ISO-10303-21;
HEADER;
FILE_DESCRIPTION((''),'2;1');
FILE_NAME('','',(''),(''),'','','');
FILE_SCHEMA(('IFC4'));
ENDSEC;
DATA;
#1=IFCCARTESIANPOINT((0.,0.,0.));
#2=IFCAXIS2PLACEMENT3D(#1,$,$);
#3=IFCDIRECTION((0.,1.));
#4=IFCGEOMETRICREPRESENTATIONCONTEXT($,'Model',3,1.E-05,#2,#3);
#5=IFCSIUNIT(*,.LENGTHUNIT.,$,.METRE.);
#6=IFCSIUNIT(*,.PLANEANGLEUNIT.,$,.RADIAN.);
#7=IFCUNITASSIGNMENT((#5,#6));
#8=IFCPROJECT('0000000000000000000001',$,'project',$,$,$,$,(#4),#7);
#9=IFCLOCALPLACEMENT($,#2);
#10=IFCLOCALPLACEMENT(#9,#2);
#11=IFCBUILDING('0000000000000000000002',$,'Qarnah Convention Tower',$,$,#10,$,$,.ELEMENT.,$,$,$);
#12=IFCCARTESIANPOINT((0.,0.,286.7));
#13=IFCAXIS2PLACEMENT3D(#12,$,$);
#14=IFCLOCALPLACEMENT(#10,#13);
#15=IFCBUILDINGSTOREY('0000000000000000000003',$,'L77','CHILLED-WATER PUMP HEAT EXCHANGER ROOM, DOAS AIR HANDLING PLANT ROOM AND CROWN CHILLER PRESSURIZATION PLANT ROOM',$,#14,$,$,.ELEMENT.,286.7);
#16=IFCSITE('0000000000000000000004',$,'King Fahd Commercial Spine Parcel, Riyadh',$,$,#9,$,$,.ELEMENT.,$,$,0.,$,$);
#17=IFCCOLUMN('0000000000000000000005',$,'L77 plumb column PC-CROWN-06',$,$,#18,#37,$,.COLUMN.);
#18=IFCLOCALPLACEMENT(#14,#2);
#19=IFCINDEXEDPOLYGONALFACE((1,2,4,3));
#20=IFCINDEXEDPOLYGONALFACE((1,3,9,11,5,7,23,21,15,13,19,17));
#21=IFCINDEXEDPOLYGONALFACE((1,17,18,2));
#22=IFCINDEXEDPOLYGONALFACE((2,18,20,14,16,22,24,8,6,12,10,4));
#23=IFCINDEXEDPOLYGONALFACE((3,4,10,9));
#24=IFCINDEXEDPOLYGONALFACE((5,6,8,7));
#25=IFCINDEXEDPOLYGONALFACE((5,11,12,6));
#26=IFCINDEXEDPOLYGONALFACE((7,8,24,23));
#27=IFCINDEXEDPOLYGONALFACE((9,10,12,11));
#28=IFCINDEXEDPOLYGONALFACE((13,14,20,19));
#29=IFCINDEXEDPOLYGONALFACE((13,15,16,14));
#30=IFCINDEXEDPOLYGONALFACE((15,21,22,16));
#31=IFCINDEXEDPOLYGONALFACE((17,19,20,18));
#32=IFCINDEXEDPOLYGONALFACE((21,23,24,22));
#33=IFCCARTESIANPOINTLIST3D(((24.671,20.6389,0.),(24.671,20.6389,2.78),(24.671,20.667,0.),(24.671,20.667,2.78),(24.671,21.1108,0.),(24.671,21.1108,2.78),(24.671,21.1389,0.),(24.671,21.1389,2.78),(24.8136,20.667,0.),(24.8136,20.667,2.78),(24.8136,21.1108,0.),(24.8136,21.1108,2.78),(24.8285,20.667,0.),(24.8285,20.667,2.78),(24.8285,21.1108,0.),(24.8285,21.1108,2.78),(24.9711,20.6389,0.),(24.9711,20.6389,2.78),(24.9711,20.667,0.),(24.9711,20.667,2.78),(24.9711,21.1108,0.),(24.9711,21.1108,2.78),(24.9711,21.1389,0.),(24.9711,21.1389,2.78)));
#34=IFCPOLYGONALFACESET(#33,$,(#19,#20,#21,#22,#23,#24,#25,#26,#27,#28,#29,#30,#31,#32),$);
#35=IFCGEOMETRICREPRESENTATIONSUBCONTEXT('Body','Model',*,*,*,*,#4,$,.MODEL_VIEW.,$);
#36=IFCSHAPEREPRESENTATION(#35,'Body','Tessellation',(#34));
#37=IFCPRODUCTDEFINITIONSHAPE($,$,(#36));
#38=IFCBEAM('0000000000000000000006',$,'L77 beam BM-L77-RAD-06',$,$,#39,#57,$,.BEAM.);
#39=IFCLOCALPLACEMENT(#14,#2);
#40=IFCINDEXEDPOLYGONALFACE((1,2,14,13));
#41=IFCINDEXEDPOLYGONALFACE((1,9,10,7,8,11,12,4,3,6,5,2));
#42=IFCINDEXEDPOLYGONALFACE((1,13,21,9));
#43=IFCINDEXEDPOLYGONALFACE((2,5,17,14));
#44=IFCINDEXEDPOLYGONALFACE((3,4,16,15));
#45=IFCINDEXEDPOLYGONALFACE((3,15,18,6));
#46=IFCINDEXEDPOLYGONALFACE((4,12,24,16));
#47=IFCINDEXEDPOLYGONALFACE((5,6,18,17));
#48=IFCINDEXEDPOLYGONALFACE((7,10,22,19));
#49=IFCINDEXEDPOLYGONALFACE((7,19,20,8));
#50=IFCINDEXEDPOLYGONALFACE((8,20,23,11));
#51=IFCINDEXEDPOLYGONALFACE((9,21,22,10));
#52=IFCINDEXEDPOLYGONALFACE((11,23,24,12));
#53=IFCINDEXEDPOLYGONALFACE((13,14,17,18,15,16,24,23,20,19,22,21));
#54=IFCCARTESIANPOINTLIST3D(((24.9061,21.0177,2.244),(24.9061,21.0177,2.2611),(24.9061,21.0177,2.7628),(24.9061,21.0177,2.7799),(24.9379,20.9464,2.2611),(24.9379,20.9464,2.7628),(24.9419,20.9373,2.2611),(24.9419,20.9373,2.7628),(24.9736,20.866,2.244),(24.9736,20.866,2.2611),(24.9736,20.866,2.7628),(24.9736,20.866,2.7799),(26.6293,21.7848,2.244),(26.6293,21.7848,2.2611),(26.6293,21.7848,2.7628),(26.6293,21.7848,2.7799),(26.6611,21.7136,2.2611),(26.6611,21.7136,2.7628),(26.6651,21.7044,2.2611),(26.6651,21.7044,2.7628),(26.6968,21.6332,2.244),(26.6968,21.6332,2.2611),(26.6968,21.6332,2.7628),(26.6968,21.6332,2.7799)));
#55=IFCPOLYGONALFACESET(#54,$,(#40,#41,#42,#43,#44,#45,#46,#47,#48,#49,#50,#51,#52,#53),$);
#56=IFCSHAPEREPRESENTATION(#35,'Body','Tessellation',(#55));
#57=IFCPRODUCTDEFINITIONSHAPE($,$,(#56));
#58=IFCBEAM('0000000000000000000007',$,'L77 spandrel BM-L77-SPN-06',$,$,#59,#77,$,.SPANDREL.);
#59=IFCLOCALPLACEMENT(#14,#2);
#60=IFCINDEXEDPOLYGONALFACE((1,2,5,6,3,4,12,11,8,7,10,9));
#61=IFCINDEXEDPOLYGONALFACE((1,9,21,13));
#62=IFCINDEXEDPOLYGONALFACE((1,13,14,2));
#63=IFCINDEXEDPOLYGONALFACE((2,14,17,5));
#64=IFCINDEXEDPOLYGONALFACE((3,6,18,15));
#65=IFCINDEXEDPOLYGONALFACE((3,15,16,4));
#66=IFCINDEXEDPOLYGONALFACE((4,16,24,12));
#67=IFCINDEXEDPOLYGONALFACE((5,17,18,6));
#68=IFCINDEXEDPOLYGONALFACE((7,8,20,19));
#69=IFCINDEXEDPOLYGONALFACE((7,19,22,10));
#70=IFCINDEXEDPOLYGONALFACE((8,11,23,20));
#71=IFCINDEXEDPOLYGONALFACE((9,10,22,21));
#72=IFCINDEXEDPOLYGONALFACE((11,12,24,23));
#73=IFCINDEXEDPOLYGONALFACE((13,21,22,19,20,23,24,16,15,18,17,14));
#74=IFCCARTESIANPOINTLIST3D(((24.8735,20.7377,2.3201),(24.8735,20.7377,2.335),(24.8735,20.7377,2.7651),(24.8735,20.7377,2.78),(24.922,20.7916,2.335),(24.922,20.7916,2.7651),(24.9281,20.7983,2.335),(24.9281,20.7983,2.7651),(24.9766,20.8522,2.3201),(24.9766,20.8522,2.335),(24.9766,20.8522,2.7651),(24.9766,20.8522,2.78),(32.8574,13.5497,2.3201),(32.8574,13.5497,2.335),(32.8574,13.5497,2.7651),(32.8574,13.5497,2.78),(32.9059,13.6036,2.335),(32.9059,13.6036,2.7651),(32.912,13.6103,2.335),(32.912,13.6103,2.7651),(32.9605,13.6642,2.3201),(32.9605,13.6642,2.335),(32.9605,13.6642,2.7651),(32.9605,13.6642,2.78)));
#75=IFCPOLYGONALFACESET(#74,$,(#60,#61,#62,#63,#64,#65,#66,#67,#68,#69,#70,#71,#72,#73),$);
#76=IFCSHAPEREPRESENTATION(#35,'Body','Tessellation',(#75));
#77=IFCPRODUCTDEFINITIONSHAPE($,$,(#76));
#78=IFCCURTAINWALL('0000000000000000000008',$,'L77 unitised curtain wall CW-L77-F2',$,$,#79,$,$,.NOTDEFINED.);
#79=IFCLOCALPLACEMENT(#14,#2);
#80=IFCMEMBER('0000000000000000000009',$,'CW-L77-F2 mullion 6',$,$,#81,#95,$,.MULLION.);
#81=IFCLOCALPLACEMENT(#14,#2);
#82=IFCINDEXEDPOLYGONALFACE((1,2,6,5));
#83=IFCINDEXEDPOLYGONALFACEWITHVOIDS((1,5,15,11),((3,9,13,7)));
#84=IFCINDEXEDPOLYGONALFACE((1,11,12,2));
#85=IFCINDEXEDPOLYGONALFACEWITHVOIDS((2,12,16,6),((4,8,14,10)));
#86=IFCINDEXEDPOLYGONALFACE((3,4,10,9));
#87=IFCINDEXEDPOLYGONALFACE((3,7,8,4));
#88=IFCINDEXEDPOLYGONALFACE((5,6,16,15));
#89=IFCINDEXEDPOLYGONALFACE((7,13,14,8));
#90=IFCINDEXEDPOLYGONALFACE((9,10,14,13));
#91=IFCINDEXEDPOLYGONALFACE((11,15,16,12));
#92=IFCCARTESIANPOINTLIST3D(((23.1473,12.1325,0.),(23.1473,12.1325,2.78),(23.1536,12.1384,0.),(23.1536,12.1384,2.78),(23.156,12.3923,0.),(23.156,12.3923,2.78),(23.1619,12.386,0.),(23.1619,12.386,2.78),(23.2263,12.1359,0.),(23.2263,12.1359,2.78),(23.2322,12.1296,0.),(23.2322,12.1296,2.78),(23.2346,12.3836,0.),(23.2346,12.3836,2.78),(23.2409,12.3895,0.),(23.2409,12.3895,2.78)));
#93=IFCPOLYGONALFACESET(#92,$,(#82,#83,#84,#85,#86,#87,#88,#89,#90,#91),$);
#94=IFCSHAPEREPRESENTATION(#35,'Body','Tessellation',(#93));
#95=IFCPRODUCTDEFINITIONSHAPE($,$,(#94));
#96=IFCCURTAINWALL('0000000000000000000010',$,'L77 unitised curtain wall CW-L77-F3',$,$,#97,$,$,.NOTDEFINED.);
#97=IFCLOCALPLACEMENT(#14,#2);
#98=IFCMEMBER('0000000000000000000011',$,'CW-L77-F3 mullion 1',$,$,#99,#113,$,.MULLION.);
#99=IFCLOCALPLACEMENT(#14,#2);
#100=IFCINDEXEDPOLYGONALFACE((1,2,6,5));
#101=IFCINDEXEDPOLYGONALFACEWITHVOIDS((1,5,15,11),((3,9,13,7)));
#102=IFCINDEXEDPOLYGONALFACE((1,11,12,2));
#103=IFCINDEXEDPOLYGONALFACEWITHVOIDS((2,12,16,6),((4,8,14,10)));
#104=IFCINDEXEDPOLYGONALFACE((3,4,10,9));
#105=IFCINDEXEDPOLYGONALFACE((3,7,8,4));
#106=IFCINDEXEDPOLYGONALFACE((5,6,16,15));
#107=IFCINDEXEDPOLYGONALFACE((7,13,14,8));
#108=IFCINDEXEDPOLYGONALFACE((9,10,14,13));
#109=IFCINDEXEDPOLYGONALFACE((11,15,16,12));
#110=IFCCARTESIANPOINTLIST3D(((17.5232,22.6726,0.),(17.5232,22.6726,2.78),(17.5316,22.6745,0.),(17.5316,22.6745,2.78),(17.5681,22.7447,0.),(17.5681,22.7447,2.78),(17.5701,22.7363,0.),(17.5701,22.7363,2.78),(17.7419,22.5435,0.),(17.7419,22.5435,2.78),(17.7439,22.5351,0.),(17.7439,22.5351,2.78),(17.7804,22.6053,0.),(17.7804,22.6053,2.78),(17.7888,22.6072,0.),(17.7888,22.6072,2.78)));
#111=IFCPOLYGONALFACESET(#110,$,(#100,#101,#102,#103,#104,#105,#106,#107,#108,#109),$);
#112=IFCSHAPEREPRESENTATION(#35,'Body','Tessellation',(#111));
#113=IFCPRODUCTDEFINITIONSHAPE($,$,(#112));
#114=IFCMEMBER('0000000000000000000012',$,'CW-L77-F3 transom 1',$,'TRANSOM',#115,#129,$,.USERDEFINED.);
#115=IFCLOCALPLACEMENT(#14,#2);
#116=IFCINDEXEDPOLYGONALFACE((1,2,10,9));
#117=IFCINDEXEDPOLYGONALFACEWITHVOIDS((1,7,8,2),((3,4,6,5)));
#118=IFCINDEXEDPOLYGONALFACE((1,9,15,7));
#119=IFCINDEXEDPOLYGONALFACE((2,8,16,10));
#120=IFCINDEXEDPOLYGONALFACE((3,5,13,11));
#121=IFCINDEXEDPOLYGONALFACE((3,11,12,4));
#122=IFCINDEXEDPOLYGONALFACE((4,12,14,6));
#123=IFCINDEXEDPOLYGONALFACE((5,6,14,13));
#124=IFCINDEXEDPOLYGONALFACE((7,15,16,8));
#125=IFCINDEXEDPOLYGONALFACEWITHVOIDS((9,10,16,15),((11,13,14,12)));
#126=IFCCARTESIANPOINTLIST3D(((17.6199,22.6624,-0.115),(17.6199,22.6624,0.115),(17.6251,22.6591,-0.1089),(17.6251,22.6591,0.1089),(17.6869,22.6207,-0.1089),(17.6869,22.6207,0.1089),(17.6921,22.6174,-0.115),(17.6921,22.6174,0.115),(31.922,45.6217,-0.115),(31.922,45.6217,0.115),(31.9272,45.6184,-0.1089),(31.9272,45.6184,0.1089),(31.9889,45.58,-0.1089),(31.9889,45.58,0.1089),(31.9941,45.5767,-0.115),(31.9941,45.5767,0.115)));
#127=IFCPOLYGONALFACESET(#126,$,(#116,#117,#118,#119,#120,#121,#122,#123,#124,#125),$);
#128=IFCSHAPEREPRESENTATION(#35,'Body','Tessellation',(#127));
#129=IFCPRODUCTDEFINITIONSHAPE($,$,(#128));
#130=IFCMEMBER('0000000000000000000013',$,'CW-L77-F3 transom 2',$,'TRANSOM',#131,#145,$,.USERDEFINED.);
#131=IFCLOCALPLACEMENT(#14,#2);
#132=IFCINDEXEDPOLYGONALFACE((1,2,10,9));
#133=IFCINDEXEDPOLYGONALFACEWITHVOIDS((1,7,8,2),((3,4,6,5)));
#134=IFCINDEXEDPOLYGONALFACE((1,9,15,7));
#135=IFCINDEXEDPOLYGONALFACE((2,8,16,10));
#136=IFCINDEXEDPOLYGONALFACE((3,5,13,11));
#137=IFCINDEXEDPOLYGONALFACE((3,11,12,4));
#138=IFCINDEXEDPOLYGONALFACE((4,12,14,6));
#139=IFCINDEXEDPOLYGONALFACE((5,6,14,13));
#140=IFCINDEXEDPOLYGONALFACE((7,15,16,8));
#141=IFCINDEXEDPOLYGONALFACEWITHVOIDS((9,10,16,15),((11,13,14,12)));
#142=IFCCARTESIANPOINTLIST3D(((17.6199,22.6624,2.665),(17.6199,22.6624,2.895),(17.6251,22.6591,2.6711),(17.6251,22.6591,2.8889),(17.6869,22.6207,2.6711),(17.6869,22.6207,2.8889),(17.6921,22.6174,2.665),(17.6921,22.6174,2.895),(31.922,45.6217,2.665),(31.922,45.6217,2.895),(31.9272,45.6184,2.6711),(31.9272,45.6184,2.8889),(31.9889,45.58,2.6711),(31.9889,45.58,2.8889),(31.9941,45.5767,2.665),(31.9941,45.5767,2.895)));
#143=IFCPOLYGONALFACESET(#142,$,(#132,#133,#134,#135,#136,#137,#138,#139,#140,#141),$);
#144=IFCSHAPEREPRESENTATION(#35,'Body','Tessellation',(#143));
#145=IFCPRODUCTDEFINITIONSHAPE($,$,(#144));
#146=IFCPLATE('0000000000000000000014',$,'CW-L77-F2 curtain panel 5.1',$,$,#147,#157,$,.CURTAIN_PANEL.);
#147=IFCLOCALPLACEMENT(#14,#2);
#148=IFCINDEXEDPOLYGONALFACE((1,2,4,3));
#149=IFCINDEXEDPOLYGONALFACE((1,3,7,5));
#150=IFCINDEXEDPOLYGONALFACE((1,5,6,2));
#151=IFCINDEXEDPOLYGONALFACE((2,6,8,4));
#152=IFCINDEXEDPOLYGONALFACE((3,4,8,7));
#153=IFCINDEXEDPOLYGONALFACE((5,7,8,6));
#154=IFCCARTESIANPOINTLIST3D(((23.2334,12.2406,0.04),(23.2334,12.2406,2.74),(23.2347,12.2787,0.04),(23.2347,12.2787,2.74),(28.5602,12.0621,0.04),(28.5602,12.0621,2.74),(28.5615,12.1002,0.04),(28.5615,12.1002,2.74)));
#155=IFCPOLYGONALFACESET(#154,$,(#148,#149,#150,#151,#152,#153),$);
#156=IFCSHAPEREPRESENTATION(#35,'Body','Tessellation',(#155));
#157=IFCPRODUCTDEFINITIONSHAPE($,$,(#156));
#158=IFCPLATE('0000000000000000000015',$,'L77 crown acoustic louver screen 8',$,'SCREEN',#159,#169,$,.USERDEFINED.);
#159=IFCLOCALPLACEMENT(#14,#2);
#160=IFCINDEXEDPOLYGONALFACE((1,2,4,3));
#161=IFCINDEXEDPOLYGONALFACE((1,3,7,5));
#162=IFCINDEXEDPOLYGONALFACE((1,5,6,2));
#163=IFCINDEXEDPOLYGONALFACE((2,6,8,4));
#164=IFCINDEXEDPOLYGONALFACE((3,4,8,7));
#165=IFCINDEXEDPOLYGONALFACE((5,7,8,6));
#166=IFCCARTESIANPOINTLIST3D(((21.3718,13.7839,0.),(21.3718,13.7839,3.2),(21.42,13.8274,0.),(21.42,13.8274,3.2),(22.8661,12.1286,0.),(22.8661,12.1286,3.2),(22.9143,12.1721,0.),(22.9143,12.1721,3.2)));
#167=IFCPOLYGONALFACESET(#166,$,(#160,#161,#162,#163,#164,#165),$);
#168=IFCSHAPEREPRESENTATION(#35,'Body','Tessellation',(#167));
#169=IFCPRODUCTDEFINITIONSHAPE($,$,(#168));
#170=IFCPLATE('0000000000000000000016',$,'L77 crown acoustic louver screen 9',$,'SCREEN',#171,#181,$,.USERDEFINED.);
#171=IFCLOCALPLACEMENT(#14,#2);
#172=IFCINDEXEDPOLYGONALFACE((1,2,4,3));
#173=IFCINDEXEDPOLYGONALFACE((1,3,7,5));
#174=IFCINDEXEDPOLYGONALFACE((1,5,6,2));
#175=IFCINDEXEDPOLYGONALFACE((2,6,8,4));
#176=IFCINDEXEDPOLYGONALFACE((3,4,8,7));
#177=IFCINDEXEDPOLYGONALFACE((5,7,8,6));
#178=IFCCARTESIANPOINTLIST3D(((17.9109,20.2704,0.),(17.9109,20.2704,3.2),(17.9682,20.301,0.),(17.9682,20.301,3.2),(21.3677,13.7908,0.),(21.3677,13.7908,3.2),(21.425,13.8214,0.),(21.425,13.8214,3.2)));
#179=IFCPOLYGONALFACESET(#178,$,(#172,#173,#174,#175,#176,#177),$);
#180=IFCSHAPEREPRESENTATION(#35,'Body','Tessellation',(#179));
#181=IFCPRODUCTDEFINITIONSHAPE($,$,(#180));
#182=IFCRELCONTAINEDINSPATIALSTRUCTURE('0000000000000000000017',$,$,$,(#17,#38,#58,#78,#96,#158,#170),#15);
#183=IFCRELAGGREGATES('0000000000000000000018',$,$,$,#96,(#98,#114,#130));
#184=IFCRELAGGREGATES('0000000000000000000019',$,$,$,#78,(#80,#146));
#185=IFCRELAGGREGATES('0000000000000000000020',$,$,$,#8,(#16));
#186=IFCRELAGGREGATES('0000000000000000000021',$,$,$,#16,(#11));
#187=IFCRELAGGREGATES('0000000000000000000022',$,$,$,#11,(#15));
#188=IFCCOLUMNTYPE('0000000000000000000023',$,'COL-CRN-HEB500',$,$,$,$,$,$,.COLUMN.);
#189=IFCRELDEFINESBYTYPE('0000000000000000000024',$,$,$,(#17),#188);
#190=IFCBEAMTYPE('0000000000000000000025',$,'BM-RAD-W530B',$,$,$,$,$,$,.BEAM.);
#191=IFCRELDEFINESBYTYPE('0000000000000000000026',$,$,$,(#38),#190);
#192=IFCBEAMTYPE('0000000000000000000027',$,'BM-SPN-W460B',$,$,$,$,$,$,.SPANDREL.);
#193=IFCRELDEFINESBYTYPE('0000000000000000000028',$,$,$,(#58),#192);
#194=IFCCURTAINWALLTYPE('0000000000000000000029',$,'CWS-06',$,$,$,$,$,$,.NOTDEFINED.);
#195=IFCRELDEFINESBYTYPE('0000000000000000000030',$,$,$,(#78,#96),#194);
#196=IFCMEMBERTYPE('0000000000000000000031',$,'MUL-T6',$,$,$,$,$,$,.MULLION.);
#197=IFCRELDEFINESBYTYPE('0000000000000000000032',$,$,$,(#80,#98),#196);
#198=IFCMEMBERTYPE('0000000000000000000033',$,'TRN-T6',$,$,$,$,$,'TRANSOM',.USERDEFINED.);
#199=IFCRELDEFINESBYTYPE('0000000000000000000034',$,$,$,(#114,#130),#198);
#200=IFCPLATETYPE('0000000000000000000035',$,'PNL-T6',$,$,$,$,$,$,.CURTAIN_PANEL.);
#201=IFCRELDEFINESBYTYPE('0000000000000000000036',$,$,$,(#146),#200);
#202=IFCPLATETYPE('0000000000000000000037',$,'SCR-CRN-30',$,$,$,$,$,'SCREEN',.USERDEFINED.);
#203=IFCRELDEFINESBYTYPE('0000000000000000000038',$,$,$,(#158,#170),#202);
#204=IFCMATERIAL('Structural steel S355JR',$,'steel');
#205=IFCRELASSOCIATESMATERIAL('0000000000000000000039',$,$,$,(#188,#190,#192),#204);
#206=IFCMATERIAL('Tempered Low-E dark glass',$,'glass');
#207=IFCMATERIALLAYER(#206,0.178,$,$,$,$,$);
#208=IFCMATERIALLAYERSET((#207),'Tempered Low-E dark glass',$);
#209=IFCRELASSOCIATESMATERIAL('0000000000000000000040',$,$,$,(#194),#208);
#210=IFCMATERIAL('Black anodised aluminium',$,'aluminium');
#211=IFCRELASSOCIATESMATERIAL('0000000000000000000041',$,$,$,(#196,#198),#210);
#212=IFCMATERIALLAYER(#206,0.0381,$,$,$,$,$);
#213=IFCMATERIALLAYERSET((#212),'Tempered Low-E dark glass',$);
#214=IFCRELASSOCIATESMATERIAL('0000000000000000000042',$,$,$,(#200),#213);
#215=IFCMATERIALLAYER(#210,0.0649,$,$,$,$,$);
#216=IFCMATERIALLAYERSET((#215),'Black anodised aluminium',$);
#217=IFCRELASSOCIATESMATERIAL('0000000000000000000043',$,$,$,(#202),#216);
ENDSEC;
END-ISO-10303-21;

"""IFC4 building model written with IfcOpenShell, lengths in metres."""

from ifc_helpers import new_model, si_unit, direction, frame, origin, origin_2d, place, context, subcontext, project, spatial, rectangle, hollow_rectangle, i_section, extrude, material, layer, layer_set, material_profile, profile_set, type_object, element, aggregate, save


model = new_model("IFC4")

# Units and contexts
model_context = context("Model", 3, precision=1e-05, world=origin(), true_north=direction((0.0, 1.0)))
body_context = subcontext(model_context, "Body", "Model", "MODEL_VIEW")
ifc_project = project(units=[si_unit("LENGTHUNIT", "METRE"), si_unit("PLANEANGLEUNIT", "RADIAN")], contexts=[model_context])

# Site, building, storey
site_placement = place(None, origin())
site = spatial("IfcSite", under=ifc_project, at=site_placement, Name="King Fahd Commercial Spine Parcel, Riyadh", CompositionType="ELEMENT", RefElevation=0.0)
building_placement = place(site_placement, origin())
building = spatial("IfcBuilding", under=site, at=building_placement, Name="Qarnah Convention Tower", CompositionType="ELEMENT")
storey_placement = place(building_placement, frame((0.0, 0.0, 286.7)))
storey = spatial("IfcBuildingStorey", under=building, at=storey_placement, Name="L77", Description="CHILLED-WATER PUMP HEAT EXCHANGER ROOM, DOAS AIR HANDLING PLANT ROOM AND CROWN CHILLER PRESSURIZATION PLANT ROOM", CompositionType="ELEMENT", Elevation=286.7)

# Column
ifc_material_1 = material(Name="Structural steel S355JR", Category="steel")
ifc_material_profile_1 = material_profile(ifc_material_1, i_section(OverallWidth=0.3, OverallDepth=0.5, WebThickness=0.0149, FlangeThickness=0.0281, at=origin_2d()), Name="HEB500")
ifc_profile_set_1 = profile_set([ifc_material_profile_1], Name="Structural steel S355JR")
column_type = type_object("IfcColumnType", Name="COL-CRN-HEB500", PredefinedType="COLUMN", material=ifc_profile_set_1)
column_placement = place(storey_placement, frame((24.821, 20.8889, 0.0), z_axis=(0.0, 0.0, 1.0), x_axis=(1.0, 0.0, 0.0)))
element("IfcColumn", 1, at=column_placement, inside=storey, type_object=column_type, Name="L77 plumb column PC-CROWN-06", PredefinedType="COLUMN", context=body_context, shape_type="SweptSolid", body=[
    extrude(i_section(OverallWidth=0.3, OverallDepth=0.5, WebThickness=0.0149, FlangeThickness=0.0281, at=origin_2d()), origin(), (0.0, 0.0, 1.0), 2.78),
])

# Beams
ifc_material_profile_2 = material_profile(ifc_material_1, i_section(OverallWidth=0.166, OverallDepth=0.5359, WebThickness=0.01, FlangeThickness=0.0171, at=origin_2d()), Name="W530X85")
ifc_profile_set_2 = profile_set([ifc_material_profile_2], Name="Structural steel S355JR")
beam_type_1 = type_object("IfcBeamType", Name="BM-RAD-W530B", PredefinedType="BEAM", material=ifc_profile_set_2)
beam_1_placement = place(storey_placement, frame((26.6631, 21.709, 2.512), z_axis=(-0.913566, -0.406691, 0.0), x_axis=(0.406691, -0.913566, 0.0)))
element("IfcBeam", 2, at=beam_1_placement, inside=storey, type_object=beam_type_1, Name="L77 beam BM-L77-RAD-06", PredefinedType="BEAM", context=body_context, shape_type="SweptSolid", body=[
    extrude(i_section(OverallWidth=0.166, OverallDepth=0.5359, WebThickness=0.01, FlangeThickness=0.0171, at=origin_2d()), origin(), (0.0, 0.0, 1.0), 1.8862),
])
ifc_material_profile_3 = material_profile(ifc_material_1, i_section(OverallWidth=0.1541, OverallDepth=0.46, WebThickness=0.009, FlangeThickness=0.0149, at=origin_2d()), Name="W460X68")
ifc_profile_set_3 = profile_set([ifc_material_profile_3], Name="Structural steel S355JR")
beam_type_2 = type_object("IfcBeamType", Name="BM-SPN-W460B", PredefinedType="SPANDREL", material=ifc_profile_set_3)
beam_2_placement = place(storey_placement, frame((24.925, 20.7949, 2.55), z_axis=(0.743179, -0.669093, 0.0), x_axis=(0.669093, 0.743179, 0.0)))
element("IfcBeam", 3, at=beam_2_placement, inside=storey, type_object=beam_type_2, Name="L77 spandrel BM-L77-SPN-06", PredefinedType="SPANDREL", context=body_context, shape_type="SweptSolid", body=[
    extrude(i_section(OverallWidth=0.1541, OverallDepth=0.46, WebThickness=0.009, FlangeThickness=0.0149, at=origin_2d()), origin(), (0.0, 0.0, 1.0), 10.7429),
])

# Curtain wall, member
ifc_material_2 = material(Name="Tempered Low-E dark glass", Category="glass")
ifc_layer_1 = layer(ifc_material_2, 0.178)
ifc_layer_set_1 = layer_set([ifc_layer_1], Name="Tempered Low-E dark glass")
curtain_wall_type = type_object("IfcCurtainWallType", Name="CWS-06", PredefinedType="NOTDEFINED", material=ifc_layer_set_1)
curtain_wall_1_placement = place(storey_placement, origin())
curtain_wall_1 = element("IfcCurtainWall", 4, at=curtain_wall_1_placement, inside=storey, type_object=curtain_wall_type, Name="L77 unitised curtain wall CW-L77-F2", PredefinedType="NOTDEFINED")
ifc_material_3 = material(Name="Black anodised aluminium", Category="aluminium")
ifc_material_profile_4 = material_profile(ifc_material_3, hollow_rectangle(XDim=0.085, YDim=0.26, WallThickness=0.0061, at=origin_2d()), Name="MUL-85X260")
ifc_profile_set_4 = profile_set([ifc_material_profile_4], Name="Black anodised aluminium")
member_type_1 = type_object("IfcMemberType", Name="MUL-T6", PredefinedType="MULLION", material=ifc_profile_set_4)
member_1_placement = place(storey_placement, frame((23.1941, 12.261, 0.0), z_axis=(0.0, 0.0, 1.0), x_axis=(-0.999439, 0.033495, 0.0)))
member_1 = element("IfcMember", 5, at=member_1_placement, type_object=member_type_1, Name="CW-L77-F2 mullion 6", PredefinedType="MULLION", context=body_context, shape_type="SweptSolid", body=[
    extrude(hollow_rectangle(XDim=0.085, YDim=0.26, WallThickness=0.0061, at=origin_2d()), origin(), (0.0, 0.0, 1.0), 2.78),
])

# Curtain wall, members
curtain_wall_2_placement = place(storey_placement, origin())
curtain_wall_2 = element("IfcCurtainWall", 6, at=curtain_wall_2_placement, inside=storey, type_object=curtain_wall_type, Name="L77 unitised curtain wall CW-L77-F3", PredefinedType="NOTDEFINED")
member_2_placement = place(storey_placement, frame((17.656, 22.6399, 0.0), z_axis=(0.0, 0.0, 1.0), x_axis=(0.528739, 0.848785, 0.0)))
member_2 = element("IfcMember", 7, at=member_2_placement, type_object=member_type_1, Name="CW-L77-F3 mullion 1", PredefinedType="MULLION", context=body_context, shape_type="SweptSolid", body=[
    extrude(hollow_rectangle(XDim=0.085, YDim=0.26, WallThickness=0.0061, at=origin_2d()), origin(), (0.0, 0.0, 1.0), 2.78),
])
ifc_material_profile_5 = material_profile(ifc_material_3, hollow_rectangle(XDim=0.085, YDim=0.23, WallThickness=0.0061, at=origin_2d()), Name="TRN-85X230")
ifc_profile_set_5 = profile_set([ifc_material_profile_5], Name="Black anodised aluminium")
member_type_2 = type_object("IfcMemberType", Name="TRN-T6", ElementType="TRANSOM", PredefinedType="USERDEFINED", material=ifc_profile_set_5)
member_3_placement = place(storey_placement, frame((17.656, 22.6399, 0.0), z_axis=(0.528735, 0.848787, 0.0), x_axis=(-0.848787, 0.528735, 0.0)))
member_3 = element("IfcMember", 8, at=member_3_placement, type_object=member_type_2, Name="CW-L77-F3 transom 1", ObjectType="TRANSOM", PredefinedType="USERDEFINED", context=body_context, shape_type="SweptSolid", body=[
    extrude(hollow_rectangle(XDim=0.085, YDim=0.23, WallThickness=0.0061, at=origin_2d()), origin(), (0.0, 0.0, 1.0), 27.0496),
])
member_4_placement = place(storey_placement, frame((17.656, 22.6399, 2.78), z_axis=(0.528735, 0.848787, 0.0), x_axis=(-0.848787, 0.528735, 0.0)))
member_4 = element("IfcMember", 9, at=member_4_placement, type_object=member_type_2, Name="CW-L77-F3 transom 2", ObjectType="TRANSOM", PredefinedType="USERDEFINED", context=body_context, shape_type="SweptSolid", body=[
    extrude(hollow_rectangle(XDim=0.085, YDim=0.23, WallThickness=0.0061, at=origin_2d()), origin(), (0.0, 0.0, 1.0), 27.0496),
])
aggregate(curtain_wall_2, [member_2, member_3, member_4])

# Plate
ifc_layer_2 = layer(ifc_material_2, 0.0381)
ifc_layer_set_2 = layer_set([ifc_layer_2], Name="Tempered Low-E dark glass")
plate_type_1 = type_object("IfcPlateType", Name="PNL-T6", PredefinedType="CURTAIN_PANEL", material=ifc_layer_set_2)
plate_1_placement = place(storey_placement, frame((25.8975, 12.1704, 0.04), z_axis=(0.0, 0.0, 1.0), x_axis=(-0.999439, 0.033495, 0.0)))
plate_1 = element("IfcPlate", 10, at=plate_1_placement, type_object=plate_type_1, Name="CW-L77-F2 curtain panel 5.1", PredefinedType="CURTAIN_PANEL", context=body_context, shape_type="SweptSolid", body=[
    extrude(rectangle(XDim=5.3298, YDim=0.0381, at=origin_2d()), origin(), (0.0, 0.0, 1.0), 2.7),
])
aggregate(curtain_wall_1, [member_1, plate_1])

# Plates
ifc_layer_3 = layer(ifc_material_3, 0.0649)
ifc_layer_set_3 = layer_set([ifc_layer_3], Name="Black anodised aluminium")
plate_type_2 = type_object("IfcPlateType", Name="SCR-CRN-30", ElementType="SCREEN", PredefinedType="USERDEFINED", material=ifc_layer_set_3)
plate_2_placement = place(storey_placement, frame((22.1431, 12.978, 0.0), z_axis=(0.0, 0.0, 1.0), x_axis=(-0.670079, 0.742289, 0.0)))
element("IfcPlate", 11, at=plate_2_placement, inside=storey, type_object=plate_type_2, Name="L77 crown acoustic louver screen 8", ObjectType="SCREEN", PredefinedType="USERDEFINED", context=body_context, shape_type="SweptSolid", body=[
    extrude(rectangle(XDim=2.23, YDim=0.0649, at=origin_2d()), origin(), (0.0, 0.0, 1.0), 3.2),
])
plate_3_placement = place(storey_placement, frame((19.668, 17.0459, 0.0), z_axis=(0.0, 0.0, 1.0), x_axis=(-0.470695, 0.882296, 0.0)))
element("IfcPlate", 12, at=plate_3_placement, inside=storey, type_object=plate_type_2, Name="L77 crown acoustic louver screen 9", ObjectType="SCREEN", PredefinedType="USERDEFINED", context=body_context, shape_type="SweptSolid", body=[
    extrude(rectangle(XDim=7.344, YDim=0.0649, at=origin_2d()), origin(), (0.0, 0.0, 1.0), 3.2),
])

save(model, "model.ifc")
